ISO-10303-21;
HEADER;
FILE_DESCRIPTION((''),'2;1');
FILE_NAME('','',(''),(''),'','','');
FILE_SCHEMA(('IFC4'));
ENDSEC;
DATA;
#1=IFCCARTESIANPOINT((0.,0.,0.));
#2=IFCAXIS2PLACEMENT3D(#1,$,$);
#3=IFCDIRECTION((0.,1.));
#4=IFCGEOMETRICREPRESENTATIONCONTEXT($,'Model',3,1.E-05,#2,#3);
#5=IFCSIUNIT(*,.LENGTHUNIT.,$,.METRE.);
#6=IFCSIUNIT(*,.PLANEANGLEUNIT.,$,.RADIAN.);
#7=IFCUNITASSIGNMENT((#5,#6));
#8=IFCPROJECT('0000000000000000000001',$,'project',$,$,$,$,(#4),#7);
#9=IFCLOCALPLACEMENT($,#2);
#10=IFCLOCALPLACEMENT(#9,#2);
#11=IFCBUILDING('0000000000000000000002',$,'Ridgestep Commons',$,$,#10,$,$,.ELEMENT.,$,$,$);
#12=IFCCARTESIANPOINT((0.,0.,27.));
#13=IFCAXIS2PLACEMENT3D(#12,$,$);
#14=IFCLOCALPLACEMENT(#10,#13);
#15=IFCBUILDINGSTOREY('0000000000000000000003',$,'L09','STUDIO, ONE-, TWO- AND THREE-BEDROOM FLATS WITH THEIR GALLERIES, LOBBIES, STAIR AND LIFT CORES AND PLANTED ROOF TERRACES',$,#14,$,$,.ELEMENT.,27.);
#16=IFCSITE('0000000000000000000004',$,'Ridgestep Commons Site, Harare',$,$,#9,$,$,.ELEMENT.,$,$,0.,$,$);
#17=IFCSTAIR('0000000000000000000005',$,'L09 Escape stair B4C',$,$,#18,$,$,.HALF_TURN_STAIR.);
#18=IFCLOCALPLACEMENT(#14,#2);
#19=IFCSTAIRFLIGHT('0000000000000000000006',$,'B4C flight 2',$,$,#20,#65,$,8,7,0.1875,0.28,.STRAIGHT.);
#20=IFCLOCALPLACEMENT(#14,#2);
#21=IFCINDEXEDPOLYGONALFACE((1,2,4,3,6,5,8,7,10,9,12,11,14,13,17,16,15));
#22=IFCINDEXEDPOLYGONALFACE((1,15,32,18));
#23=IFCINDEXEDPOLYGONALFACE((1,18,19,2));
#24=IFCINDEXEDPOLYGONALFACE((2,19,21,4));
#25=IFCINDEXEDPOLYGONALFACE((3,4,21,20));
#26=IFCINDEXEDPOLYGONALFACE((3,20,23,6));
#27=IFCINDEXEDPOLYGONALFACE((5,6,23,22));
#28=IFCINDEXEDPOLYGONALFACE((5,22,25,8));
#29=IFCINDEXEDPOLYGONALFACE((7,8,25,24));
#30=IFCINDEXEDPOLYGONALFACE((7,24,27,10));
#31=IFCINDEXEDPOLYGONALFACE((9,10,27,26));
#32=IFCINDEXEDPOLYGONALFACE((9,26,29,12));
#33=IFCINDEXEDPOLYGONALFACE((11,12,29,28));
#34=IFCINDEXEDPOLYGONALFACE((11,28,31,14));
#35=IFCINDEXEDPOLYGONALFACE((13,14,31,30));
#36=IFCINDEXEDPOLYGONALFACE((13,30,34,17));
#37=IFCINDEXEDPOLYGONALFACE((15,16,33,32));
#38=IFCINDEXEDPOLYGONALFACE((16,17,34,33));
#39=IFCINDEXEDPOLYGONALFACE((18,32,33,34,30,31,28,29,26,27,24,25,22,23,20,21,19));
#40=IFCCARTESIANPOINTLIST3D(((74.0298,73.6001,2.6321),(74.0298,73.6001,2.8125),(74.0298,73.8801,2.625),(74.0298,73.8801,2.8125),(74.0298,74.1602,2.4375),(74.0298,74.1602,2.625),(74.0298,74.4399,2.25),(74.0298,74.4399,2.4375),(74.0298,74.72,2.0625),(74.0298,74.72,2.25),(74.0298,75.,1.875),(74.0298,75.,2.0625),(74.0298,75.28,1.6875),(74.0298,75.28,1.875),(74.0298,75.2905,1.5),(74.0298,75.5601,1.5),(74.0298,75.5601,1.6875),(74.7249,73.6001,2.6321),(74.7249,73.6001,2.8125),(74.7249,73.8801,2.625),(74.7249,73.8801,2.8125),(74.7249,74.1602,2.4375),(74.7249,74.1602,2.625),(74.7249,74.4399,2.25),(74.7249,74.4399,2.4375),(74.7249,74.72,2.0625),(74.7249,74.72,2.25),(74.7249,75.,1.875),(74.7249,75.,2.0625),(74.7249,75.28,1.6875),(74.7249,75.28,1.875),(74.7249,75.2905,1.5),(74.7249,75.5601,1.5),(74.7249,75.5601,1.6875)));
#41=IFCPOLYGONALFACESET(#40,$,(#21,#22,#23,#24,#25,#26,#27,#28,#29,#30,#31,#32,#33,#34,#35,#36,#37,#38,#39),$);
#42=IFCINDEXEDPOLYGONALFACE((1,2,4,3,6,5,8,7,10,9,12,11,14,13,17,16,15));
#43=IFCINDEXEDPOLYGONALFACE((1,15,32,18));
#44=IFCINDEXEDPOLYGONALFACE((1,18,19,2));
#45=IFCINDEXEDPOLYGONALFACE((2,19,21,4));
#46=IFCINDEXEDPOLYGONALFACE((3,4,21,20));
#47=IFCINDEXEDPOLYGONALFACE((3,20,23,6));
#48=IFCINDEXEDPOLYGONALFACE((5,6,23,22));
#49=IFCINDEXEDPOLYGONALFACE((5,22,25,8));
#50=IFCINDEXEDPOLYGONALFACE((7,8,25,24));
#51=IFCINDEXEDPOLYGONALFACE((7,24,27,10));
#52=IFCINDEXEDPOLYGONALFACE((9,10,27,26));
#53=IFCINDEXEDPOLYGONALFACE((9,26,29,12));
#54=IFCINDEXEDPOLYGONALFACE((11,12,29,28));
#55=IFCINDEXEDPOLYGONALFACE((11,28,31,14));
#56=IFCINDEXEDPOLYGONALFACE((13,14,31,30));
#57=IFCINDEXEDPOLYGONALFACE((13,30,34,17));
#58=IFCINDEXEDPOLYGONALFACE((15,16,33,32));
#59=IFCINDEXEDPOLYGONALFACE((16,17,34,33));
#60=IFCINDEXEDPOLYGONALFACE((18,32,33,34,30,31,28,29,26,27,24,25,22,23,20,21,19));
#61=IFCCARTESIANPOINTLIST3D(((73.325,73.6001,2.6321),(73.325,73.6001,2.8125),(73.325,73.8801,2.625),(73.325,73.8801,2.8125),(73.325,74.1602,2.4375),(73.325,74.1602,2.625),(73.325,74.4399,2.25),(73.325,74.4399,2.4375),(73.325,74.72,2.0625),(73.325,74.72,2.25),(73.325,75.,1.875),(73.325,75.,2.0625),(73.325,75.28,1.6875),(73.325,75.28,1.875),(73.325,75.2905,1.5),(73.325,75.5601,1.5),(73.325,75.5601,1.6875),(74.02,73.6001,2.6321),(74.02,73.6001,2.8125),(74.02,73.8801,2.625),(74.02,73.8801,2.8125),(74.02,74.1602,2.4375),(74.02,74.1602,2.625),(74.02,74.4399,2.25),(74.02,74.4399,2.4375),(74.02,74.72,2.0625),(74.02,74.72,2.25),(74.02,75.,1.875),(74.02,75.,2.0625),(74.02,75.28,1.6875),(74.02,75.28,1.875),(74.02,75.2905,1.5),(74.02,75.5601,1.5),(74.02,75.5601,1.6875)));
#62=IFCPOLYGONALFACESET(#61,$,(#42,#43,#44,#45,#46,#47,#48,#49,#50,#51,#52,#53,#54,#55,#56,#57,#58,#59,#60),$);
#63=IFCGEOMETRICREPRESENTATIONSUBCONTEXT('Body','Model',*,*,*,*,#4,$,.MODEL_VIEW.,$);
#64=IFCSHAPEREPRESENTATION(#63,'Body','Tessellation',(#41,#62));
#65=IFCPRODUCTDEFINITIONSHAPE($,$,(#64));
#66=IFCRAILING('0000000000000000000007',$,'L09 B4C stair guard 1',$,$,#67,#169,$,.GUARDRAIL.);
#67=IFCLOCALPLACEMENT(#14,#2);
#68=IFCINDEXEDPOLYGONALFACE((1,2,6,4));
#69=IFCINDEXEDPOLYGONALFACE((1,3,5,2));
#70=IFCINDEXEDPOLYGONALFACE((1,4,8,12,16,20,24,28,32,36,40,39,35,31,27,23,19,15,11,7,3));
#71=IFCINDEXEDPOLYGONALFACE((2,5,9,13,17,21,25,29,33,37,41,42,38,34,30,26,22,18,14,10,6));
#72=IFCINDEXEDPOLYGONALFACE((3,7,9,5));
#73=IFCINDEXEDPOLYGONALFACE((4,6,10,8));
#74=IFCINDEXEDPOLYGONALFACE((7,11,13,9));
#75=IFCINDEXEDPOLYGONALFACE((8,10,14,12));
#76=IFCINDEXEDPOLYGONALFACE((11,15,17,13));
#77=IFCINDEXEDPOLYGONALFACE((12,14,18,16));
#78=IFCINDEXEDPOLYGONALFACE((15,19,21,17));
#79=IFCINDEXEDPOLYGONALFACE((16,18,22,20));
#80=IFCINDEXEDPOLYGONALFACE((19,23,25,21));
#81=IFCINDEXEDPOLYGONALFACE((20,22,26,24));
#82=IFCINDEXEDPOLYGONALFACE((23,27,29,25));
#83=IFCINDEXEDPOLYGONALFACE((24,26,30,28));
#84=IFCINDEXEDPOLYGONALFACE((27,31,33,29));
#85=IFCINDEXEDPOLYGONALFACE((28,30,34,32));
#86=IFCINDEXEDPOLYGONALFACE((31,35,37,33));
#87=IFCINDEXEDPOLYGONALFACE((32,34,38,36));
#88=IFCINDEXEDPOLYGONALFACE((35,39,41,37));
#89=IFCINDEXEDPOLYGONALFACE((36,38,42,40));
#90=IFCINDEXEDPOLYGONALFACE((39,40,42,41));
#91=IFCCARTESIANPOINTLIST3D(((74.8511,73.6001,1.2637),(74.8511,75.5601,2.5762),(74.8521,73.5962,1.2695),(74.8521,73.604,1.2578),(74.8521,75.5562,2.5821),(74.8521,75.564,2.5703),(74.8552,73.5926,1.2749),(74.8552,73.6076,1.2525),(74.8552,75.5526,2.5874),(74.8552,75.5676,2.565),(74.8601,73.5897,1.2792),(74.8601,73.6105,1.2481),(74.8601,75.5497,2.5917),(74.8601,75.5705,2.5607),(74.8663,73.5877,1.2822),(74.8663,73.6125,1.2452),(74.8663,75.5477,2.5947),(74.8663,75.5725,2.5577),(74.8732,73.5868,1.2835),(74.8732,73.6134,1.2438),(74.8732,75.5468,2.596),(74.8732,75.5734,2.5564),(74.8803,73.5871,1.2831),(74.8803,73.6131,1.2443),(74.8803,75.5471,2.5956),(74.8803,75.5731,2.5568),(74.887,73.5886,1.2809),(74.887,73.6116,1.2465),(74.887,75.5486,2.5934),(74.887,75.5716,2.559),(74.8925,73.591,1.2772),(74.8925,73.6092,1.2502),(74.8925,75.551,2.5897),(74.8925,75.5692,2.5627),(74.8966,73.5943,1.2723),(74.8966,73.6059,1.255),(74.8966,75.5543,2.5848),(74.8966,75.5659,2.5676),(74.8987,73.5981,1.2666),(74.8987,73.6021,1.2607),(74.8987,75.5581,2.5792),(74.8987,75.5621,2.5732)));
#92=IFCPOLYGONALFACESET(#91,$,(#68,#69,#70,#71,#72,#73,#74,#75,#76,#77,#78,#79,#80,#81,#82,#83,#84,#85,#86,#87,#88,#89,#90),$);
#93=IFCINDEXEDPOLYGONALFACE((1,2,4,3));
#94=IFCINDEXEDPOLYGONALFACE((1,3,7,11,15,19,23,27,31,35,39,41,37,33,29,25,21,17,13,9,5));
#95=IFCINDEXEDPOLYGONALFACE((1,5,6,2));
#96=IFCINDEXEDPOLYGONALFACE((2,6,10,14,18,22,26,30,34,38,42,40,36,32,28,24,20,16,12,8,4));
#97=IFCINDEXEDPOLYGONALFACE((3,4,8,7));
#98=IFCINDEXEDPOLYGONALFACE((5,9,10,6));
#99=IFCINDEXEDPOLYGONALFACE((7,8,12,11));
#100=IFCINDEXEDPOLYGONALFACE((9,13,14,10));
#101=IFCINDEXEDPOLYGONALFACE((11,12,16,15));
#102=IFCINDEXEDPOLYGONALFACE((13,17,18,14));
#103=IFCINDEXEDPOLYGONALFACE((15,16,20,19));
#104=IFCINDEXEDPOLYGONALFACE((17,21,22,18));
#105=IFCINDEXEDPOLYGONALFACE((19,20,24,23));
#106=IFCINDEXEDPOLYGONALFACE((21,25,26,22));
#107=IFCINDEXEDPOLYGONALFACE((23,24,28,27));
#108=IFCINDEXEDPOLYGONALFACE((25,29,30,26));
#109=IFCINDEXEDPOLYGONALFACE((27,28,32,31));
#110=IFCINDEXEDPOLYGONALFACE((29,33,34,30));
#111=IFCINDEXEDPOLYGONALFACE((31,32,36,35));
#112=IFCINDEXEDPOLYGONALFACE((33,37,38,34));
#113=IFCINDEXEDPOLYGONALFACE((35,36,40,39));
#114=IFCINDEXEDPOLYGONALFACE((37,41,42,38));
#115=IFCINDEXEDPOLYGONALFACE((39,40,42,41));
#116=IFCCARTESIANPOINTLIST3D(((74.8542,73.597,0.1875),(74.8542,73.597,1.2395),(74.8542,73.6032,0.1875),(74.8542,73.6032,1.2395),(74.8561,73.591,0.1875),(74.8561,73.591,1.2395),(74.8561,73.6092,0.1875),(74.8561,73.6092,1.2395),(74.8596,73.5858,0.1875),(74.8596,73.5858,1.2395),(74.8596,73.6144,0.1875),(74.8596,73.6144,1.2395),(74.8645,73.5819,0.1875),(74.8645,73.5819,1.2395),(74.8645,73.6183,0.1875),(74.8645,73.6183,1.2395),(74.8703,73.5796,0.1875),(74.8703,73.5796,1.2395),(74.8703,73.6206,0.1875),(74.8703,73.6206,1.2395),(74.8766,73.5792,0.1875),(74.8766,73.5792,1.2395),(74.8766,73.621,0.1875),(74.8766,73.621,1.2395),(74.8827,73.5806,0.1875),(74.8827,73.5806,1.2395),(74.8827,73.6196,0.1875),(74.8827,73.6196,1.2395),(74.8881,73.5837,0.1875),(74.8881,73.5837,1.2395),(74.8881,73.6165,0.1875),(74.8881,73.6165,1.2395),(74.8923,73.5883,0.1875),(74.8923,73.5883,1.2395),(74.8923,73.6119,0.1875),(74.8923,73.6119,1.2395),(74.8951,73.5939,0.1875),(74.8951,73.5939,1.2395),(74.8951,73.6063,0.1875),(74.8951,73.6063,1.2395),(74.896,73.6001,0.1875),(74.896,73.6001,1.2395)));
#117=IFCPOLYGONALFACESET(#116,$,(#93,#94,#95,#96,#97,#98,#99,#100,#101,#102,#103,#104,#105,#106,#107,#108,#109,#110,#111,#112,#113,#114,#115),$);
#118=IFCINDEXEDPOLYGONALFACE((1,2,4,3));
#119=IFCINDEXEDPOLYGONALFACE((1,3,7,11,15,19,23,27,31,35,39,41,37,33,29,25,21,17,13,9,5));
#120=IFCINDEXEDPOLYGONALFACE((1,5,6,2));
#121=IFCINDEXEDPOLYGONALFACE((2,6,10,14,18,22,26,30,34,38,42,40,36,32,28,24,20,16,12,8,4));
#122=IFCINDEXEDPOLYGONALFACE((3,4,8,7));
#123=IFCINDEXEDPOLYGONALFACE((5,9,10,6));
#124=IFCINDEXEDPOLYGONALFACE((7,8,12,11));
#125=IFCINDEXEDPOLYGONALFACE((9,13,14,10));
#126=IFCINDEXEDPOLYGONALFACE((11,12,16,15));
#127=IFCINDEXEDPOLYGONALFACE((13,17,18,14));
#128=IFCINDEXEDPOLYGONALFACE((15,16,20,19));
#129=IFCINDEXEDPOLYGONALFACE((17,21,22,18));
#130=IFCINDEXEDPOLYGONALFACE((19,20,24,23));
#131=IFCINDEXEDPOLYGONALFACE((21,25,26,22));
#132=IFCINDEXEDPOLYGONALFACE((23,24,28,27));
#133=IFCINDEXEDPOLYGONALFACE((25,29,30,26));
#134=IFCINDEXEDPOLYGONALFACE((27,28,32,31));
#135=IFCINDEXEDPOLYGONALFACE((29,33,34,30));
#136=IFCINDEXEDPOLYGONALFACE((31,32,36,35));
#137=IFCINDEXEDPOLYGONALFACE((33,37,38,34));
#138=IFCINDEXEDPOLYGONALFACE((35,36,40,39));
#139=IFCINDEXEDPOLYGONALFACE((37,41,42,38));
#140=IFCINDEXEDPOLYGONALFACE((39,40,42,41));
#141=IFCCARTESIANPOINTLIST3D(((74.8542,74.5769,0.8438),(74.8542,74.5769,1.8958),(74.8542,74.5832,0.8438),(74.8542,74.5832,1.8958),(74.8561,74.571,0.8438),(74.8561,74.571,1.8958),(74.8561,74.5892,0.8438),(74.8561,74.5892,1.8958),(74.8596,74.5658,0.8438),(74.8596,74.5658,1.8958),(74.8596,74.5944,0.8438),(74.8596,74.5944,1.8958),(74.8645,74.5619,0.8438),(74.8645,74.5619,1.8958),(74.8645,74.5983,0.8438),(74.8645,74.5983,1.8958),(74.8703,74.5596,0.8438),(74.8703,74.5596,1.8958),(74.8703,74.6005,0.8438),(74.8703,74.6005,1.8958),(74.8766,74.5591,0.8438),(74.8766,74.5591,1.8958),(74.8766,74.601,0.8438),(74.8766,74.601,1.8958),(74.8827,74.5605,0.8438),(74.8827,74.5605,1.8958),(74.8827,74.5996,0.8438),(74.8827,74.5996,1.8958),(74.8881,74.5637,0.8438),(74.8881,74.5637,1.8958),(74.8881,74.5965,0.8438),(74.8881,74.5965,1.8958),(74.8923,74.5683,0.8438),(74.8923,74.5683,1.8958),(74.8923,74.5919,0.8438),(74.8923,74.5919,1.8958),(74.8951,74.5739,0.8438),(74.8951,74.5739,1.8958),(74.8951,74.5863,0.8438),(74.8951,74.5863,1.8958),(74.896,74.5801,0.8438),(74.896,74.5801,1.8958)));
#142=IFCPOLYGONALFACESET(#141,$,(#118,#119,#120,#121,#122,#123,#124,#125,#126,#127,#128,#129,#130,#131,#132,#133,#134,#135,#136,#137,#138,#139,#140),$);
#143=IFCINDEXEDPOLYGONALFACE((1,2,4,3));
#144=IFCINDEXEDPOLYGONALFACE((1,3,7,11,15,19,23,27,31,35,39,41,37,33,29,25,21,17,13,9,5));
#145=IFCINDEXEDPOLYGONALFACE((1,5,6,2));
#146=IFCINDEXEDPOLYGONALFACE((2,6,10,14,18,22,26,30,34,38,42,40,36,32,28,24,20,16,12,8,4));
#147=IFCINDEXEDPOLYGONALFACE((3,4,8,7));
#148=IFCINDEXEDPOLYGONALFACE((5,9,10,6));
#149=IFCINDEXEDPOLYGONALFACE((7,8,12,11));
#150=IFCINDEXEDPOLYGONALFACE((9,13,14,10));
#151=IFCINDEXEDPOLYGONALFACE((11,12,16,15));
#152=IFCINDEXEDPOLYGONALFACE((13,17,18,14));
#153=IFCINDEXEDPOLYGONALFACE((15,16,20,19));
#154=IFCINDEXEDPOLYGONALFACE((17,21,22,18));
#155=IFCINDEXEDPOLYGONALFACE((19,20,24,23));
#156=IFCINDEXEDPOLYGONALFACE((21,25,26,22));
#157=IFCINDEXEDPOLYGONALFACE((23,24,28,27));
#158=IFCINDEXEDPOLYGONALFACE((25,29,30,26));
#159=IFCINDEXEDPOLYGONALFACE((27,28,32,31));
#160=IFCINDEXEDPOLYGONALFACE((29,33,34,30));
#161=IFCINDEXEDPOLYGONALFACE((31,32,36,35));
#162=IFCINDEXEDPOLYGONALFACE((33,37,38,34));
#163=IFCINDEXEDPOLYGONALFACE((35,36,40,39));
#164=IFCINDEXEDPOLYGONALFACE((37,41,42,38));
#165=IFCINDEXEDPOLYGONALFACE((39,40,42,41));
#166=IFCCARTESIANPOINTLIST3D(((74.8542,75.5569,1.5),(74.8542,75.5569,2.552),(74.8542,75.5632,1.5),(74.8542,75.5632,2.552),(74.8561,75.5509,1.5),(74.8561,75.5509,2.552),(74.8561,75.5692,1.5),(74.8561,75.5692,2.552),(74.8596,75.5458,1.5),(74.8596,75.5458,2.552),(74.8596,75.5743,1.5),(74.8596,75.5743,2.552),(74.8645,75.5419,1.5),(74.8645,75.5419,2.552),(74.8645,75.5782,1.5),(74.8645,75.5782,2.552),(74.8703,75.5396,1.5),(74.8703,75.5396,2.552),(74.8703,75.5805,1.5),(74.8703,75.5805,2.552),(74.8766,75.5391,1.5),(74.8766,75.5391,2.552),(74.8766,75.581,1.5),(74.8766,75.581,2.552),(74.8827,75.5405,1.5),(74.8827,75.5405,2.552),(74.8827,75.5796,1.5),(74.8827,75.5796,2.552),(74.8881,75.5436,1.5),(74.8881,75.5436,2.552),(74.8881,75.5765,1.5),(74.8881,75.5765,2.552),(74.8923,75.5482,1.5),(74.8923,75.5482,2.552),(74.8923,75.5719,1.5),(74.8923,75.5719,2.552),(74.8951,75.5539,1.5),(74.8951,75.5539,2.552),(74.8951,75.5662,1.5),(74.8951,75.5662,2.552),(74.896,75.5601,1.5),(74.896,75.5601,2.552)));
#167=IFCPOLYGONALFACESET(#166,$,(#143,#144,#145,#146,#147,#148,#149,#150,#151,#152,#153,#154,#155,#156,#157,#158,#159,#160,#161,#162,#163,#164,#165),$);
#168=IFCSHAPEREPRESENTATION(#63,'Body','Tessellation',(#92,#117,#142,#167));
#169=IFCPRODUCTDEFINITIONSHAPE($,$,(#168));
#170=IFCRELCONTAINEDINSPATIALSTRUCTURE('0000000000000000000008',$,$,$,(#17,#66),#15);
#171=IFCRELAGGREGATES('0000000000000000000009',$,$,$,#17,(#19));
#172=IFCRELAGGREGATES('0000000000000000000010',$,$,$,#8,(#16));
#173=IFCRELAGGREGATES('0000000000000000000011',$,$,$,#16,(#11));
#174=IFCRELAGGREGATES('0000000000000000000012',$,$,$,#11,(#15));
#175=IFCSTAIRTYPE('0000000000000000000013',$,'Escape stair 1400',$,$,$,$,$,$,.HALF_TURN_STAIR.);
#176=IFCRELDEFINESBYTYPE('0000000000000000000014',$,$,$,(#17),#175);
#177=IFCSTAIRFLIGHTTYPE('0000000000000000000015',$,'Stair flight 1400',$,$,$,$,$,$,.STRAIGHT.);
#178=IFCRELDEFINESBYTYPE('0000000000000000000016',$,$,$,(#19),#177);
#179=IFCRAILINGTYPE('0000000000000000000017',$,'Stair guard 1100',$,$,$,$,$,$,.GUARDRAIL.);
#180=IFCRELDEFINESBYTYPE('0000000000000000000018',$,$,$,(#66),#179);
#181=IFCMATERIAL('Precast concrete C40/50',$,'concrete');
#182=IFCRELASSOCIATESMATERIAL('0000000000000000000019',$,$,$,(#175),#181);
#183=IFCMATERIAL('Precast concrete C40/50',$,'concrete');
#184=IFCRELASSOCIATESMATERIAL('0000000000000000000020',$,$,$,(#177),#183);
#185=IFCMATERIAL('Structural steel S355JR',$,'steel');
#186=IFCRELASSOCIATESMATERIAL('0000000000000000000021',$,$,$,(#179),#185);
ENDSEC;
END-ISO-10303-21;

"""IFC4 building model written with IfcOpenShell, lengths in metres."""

from ifc_helpers import new_model, si_unit, direction, frame, origin, origin_2d, place, context, subcontext, project, spatial, polyline, circle, outline, extrude, material, type_object, element, aggregate, save


model = new_model("IFC4")

# Units and contexts
model_context = context("Model", 3, precision=1e-05, world=origin(), true_north=direction((0.0, 1.0)))
body_context = subcontext(model_context, "Body", "Model", "MODEL_VIEW")
ifc_project = project(units=[si_unit("LENGTHUNIT", "METRE"), si_unit("PLANEANGLEUNIT", "RADIAN")], contexts=[model_context])

# Site, building, storey
site_placement = place(None, origin())
site = spatial("IfcSite", under=ifc_project, at=site_placement, Name="Ridgestep Commons Site, Harare", CompositionType="ELEMENT", RefElevation=0.0)
building_placement = place(site_placement, origin())
building = spatial("IfcBuilding", under=site, at=building_placement, Name="Ridgestep Commons", CompositionType="ELEMENT")
storey_placement = place(building_placement, frame((0.0, 0.0, 27.0)))
storey = spatial("IfcBuildingStorey", under=building, at=storey_placement, Name="L09", Description="STUDIO, ONE-, TWO- AND THREE-BEDROOM FLATS WITH THEIR GALLERIES, LOBBIES, STAIR AND LIFT CORES AND PLANTED ROOF TERRACES", CompositionType="ELEMENT", Elevation=27.0)

# Stair, stair flight
ifc_material_1 = material(Name="Precast concrete C40/50", Category="concrete")
stair_type = type_object("IfcStairType", Name="Escape stair 1400", PredefinedType="HALF_TURN_STAIR", material=ifc_material_1)
stair_placement = place(storey_placement, origin())
stair = element("IfcStair", 1, at=stair_placement, inside=storey, type_object=stair_type, Name="L09 Escape stair B4C", PredefinedType="HALF_TURN_STAIR")
ifc_material_2 = material(Name="Precast concrete C40/50", Category="concrete")
stair_flight_type = type_object("IfcStairFlightType", Name="Stair flight 1400", PredefinedType="STRAIGHT", material=ifc_material_2)
stair_flight_1_placement = place(storey_placement, frame((74.0249, 75.5601, 1.5), z_axis=(0.0, 0.0, 1.0), x_axis=(0.0, -1.0, 0.0)))
stair_flight_1 = element("IfcStairFlight", 2, at=stair_flight_1_placement, type_object=stair_flight_type, Name="B4C flight 2", NumberOfRisers=8, NumberOfTreads=7, PredefinedType="STRAIGHT", RiserHeight=0.1875, TreadLength=0.28, context=body_context, shape_type="SweptSolid", body=[
    extrude(outline(polyline([(0.0, 0.0), (0.0, 0.1875), (0.28, 0.1875), (0.28, 0.375), (0.5601, 0.375), (0.5601, 0.5625), (0.8401, 0.5625), (0.8401, 0.75), (1.1201, 0.75), (1.1201, 0.9375), (1.3999, 0.9375), (1.3999, 1.125), (1.6799, 1.125), (1.6799, 1.3125), (1.96, 1.3125), (1.96, 1.5), (1.96, 1.1321), (0.2695, 0.0), (0.0, 0.0)])), frame((0.0, 0.7, 0.0), z_axis=(0.0, -1.0, 0.0), x_axis=(1.0, 0.0, 0.0)), (0.0, 0.0, 1.0), 0.6951),
    extrude(outline(polyline([(0.0, 0.0), (0.0, 0.1875), (0.28, 0.1875), (0.28, 0.375), (0.5601, 0.375), (0.5601, 0.5625), (0.8401, 0.5625), (0.8401, 0.75), (1.1201, 0.75), (1.1201, 0.9375), (1.3999, 0.9375), (1.3999, 1.125), (1.6799, 1.125), (1.6799, 1.3125), (1.96, 1.3125), (1.96, 1.5), (1.96, 1.1321), (0.2695, 0.0), (0.0, 0.0)])), frame((0.0, -0.0049, 0.0), z_axis=(0.0, -1.0, 0.0), x_axis=(1.0, 0.0, 0.0)), (0.0, 0.0, 1.0), 0.6951),
])
aggregate(stair, [stair_flight_1])

# Railing
ifc_material_3 = material(Name="Structural steel S355JR", Category="steel")
railing_type_1 = type_object("IfcRailingType", Name="Stair guard 1100", PredefinedType="GUARDRAIL", material=ifc_material_3)
railing_1_placement = place(storey_placement, frame((74.875, 73.6001, 0.1875)))
element("IfcRailing", 3, at=railing_1_placement, inside=storey, type_object=railing_type_1, Name="L09 B4C stair guard 1", PredefinedType="GUARDRAIL", context=body_context, shape_type="SweptSolid", body=[
    extrude(circle(Radius=0.0239, at=origin_2d()), frame((0.0, 0.0, 1.0762), z_axis=(0.0, 0.830902, 0.556419), x_axis=(-1.0, 0.0, 0.0)), (0.0, 0.0, 1.0), 2.3589),
    extrude(circle(Radius=0.021, at=origin_2d()), origin(), (0.0, 0.0, 1.0), 1.052),
    extrude(circle(Radius=0.021, at=origin_2d()), frame((0.0, 0.98, 0.6562)), (0.0, 0.0, 1.0), 1.052),
    extrude(circle(Radius=0.021, at=origin_2d()), frame((0.0, 1.96, 1.3125)), (0.0, 0.0, 1.0), 1.052),
])

save(model, "model.ifc")
